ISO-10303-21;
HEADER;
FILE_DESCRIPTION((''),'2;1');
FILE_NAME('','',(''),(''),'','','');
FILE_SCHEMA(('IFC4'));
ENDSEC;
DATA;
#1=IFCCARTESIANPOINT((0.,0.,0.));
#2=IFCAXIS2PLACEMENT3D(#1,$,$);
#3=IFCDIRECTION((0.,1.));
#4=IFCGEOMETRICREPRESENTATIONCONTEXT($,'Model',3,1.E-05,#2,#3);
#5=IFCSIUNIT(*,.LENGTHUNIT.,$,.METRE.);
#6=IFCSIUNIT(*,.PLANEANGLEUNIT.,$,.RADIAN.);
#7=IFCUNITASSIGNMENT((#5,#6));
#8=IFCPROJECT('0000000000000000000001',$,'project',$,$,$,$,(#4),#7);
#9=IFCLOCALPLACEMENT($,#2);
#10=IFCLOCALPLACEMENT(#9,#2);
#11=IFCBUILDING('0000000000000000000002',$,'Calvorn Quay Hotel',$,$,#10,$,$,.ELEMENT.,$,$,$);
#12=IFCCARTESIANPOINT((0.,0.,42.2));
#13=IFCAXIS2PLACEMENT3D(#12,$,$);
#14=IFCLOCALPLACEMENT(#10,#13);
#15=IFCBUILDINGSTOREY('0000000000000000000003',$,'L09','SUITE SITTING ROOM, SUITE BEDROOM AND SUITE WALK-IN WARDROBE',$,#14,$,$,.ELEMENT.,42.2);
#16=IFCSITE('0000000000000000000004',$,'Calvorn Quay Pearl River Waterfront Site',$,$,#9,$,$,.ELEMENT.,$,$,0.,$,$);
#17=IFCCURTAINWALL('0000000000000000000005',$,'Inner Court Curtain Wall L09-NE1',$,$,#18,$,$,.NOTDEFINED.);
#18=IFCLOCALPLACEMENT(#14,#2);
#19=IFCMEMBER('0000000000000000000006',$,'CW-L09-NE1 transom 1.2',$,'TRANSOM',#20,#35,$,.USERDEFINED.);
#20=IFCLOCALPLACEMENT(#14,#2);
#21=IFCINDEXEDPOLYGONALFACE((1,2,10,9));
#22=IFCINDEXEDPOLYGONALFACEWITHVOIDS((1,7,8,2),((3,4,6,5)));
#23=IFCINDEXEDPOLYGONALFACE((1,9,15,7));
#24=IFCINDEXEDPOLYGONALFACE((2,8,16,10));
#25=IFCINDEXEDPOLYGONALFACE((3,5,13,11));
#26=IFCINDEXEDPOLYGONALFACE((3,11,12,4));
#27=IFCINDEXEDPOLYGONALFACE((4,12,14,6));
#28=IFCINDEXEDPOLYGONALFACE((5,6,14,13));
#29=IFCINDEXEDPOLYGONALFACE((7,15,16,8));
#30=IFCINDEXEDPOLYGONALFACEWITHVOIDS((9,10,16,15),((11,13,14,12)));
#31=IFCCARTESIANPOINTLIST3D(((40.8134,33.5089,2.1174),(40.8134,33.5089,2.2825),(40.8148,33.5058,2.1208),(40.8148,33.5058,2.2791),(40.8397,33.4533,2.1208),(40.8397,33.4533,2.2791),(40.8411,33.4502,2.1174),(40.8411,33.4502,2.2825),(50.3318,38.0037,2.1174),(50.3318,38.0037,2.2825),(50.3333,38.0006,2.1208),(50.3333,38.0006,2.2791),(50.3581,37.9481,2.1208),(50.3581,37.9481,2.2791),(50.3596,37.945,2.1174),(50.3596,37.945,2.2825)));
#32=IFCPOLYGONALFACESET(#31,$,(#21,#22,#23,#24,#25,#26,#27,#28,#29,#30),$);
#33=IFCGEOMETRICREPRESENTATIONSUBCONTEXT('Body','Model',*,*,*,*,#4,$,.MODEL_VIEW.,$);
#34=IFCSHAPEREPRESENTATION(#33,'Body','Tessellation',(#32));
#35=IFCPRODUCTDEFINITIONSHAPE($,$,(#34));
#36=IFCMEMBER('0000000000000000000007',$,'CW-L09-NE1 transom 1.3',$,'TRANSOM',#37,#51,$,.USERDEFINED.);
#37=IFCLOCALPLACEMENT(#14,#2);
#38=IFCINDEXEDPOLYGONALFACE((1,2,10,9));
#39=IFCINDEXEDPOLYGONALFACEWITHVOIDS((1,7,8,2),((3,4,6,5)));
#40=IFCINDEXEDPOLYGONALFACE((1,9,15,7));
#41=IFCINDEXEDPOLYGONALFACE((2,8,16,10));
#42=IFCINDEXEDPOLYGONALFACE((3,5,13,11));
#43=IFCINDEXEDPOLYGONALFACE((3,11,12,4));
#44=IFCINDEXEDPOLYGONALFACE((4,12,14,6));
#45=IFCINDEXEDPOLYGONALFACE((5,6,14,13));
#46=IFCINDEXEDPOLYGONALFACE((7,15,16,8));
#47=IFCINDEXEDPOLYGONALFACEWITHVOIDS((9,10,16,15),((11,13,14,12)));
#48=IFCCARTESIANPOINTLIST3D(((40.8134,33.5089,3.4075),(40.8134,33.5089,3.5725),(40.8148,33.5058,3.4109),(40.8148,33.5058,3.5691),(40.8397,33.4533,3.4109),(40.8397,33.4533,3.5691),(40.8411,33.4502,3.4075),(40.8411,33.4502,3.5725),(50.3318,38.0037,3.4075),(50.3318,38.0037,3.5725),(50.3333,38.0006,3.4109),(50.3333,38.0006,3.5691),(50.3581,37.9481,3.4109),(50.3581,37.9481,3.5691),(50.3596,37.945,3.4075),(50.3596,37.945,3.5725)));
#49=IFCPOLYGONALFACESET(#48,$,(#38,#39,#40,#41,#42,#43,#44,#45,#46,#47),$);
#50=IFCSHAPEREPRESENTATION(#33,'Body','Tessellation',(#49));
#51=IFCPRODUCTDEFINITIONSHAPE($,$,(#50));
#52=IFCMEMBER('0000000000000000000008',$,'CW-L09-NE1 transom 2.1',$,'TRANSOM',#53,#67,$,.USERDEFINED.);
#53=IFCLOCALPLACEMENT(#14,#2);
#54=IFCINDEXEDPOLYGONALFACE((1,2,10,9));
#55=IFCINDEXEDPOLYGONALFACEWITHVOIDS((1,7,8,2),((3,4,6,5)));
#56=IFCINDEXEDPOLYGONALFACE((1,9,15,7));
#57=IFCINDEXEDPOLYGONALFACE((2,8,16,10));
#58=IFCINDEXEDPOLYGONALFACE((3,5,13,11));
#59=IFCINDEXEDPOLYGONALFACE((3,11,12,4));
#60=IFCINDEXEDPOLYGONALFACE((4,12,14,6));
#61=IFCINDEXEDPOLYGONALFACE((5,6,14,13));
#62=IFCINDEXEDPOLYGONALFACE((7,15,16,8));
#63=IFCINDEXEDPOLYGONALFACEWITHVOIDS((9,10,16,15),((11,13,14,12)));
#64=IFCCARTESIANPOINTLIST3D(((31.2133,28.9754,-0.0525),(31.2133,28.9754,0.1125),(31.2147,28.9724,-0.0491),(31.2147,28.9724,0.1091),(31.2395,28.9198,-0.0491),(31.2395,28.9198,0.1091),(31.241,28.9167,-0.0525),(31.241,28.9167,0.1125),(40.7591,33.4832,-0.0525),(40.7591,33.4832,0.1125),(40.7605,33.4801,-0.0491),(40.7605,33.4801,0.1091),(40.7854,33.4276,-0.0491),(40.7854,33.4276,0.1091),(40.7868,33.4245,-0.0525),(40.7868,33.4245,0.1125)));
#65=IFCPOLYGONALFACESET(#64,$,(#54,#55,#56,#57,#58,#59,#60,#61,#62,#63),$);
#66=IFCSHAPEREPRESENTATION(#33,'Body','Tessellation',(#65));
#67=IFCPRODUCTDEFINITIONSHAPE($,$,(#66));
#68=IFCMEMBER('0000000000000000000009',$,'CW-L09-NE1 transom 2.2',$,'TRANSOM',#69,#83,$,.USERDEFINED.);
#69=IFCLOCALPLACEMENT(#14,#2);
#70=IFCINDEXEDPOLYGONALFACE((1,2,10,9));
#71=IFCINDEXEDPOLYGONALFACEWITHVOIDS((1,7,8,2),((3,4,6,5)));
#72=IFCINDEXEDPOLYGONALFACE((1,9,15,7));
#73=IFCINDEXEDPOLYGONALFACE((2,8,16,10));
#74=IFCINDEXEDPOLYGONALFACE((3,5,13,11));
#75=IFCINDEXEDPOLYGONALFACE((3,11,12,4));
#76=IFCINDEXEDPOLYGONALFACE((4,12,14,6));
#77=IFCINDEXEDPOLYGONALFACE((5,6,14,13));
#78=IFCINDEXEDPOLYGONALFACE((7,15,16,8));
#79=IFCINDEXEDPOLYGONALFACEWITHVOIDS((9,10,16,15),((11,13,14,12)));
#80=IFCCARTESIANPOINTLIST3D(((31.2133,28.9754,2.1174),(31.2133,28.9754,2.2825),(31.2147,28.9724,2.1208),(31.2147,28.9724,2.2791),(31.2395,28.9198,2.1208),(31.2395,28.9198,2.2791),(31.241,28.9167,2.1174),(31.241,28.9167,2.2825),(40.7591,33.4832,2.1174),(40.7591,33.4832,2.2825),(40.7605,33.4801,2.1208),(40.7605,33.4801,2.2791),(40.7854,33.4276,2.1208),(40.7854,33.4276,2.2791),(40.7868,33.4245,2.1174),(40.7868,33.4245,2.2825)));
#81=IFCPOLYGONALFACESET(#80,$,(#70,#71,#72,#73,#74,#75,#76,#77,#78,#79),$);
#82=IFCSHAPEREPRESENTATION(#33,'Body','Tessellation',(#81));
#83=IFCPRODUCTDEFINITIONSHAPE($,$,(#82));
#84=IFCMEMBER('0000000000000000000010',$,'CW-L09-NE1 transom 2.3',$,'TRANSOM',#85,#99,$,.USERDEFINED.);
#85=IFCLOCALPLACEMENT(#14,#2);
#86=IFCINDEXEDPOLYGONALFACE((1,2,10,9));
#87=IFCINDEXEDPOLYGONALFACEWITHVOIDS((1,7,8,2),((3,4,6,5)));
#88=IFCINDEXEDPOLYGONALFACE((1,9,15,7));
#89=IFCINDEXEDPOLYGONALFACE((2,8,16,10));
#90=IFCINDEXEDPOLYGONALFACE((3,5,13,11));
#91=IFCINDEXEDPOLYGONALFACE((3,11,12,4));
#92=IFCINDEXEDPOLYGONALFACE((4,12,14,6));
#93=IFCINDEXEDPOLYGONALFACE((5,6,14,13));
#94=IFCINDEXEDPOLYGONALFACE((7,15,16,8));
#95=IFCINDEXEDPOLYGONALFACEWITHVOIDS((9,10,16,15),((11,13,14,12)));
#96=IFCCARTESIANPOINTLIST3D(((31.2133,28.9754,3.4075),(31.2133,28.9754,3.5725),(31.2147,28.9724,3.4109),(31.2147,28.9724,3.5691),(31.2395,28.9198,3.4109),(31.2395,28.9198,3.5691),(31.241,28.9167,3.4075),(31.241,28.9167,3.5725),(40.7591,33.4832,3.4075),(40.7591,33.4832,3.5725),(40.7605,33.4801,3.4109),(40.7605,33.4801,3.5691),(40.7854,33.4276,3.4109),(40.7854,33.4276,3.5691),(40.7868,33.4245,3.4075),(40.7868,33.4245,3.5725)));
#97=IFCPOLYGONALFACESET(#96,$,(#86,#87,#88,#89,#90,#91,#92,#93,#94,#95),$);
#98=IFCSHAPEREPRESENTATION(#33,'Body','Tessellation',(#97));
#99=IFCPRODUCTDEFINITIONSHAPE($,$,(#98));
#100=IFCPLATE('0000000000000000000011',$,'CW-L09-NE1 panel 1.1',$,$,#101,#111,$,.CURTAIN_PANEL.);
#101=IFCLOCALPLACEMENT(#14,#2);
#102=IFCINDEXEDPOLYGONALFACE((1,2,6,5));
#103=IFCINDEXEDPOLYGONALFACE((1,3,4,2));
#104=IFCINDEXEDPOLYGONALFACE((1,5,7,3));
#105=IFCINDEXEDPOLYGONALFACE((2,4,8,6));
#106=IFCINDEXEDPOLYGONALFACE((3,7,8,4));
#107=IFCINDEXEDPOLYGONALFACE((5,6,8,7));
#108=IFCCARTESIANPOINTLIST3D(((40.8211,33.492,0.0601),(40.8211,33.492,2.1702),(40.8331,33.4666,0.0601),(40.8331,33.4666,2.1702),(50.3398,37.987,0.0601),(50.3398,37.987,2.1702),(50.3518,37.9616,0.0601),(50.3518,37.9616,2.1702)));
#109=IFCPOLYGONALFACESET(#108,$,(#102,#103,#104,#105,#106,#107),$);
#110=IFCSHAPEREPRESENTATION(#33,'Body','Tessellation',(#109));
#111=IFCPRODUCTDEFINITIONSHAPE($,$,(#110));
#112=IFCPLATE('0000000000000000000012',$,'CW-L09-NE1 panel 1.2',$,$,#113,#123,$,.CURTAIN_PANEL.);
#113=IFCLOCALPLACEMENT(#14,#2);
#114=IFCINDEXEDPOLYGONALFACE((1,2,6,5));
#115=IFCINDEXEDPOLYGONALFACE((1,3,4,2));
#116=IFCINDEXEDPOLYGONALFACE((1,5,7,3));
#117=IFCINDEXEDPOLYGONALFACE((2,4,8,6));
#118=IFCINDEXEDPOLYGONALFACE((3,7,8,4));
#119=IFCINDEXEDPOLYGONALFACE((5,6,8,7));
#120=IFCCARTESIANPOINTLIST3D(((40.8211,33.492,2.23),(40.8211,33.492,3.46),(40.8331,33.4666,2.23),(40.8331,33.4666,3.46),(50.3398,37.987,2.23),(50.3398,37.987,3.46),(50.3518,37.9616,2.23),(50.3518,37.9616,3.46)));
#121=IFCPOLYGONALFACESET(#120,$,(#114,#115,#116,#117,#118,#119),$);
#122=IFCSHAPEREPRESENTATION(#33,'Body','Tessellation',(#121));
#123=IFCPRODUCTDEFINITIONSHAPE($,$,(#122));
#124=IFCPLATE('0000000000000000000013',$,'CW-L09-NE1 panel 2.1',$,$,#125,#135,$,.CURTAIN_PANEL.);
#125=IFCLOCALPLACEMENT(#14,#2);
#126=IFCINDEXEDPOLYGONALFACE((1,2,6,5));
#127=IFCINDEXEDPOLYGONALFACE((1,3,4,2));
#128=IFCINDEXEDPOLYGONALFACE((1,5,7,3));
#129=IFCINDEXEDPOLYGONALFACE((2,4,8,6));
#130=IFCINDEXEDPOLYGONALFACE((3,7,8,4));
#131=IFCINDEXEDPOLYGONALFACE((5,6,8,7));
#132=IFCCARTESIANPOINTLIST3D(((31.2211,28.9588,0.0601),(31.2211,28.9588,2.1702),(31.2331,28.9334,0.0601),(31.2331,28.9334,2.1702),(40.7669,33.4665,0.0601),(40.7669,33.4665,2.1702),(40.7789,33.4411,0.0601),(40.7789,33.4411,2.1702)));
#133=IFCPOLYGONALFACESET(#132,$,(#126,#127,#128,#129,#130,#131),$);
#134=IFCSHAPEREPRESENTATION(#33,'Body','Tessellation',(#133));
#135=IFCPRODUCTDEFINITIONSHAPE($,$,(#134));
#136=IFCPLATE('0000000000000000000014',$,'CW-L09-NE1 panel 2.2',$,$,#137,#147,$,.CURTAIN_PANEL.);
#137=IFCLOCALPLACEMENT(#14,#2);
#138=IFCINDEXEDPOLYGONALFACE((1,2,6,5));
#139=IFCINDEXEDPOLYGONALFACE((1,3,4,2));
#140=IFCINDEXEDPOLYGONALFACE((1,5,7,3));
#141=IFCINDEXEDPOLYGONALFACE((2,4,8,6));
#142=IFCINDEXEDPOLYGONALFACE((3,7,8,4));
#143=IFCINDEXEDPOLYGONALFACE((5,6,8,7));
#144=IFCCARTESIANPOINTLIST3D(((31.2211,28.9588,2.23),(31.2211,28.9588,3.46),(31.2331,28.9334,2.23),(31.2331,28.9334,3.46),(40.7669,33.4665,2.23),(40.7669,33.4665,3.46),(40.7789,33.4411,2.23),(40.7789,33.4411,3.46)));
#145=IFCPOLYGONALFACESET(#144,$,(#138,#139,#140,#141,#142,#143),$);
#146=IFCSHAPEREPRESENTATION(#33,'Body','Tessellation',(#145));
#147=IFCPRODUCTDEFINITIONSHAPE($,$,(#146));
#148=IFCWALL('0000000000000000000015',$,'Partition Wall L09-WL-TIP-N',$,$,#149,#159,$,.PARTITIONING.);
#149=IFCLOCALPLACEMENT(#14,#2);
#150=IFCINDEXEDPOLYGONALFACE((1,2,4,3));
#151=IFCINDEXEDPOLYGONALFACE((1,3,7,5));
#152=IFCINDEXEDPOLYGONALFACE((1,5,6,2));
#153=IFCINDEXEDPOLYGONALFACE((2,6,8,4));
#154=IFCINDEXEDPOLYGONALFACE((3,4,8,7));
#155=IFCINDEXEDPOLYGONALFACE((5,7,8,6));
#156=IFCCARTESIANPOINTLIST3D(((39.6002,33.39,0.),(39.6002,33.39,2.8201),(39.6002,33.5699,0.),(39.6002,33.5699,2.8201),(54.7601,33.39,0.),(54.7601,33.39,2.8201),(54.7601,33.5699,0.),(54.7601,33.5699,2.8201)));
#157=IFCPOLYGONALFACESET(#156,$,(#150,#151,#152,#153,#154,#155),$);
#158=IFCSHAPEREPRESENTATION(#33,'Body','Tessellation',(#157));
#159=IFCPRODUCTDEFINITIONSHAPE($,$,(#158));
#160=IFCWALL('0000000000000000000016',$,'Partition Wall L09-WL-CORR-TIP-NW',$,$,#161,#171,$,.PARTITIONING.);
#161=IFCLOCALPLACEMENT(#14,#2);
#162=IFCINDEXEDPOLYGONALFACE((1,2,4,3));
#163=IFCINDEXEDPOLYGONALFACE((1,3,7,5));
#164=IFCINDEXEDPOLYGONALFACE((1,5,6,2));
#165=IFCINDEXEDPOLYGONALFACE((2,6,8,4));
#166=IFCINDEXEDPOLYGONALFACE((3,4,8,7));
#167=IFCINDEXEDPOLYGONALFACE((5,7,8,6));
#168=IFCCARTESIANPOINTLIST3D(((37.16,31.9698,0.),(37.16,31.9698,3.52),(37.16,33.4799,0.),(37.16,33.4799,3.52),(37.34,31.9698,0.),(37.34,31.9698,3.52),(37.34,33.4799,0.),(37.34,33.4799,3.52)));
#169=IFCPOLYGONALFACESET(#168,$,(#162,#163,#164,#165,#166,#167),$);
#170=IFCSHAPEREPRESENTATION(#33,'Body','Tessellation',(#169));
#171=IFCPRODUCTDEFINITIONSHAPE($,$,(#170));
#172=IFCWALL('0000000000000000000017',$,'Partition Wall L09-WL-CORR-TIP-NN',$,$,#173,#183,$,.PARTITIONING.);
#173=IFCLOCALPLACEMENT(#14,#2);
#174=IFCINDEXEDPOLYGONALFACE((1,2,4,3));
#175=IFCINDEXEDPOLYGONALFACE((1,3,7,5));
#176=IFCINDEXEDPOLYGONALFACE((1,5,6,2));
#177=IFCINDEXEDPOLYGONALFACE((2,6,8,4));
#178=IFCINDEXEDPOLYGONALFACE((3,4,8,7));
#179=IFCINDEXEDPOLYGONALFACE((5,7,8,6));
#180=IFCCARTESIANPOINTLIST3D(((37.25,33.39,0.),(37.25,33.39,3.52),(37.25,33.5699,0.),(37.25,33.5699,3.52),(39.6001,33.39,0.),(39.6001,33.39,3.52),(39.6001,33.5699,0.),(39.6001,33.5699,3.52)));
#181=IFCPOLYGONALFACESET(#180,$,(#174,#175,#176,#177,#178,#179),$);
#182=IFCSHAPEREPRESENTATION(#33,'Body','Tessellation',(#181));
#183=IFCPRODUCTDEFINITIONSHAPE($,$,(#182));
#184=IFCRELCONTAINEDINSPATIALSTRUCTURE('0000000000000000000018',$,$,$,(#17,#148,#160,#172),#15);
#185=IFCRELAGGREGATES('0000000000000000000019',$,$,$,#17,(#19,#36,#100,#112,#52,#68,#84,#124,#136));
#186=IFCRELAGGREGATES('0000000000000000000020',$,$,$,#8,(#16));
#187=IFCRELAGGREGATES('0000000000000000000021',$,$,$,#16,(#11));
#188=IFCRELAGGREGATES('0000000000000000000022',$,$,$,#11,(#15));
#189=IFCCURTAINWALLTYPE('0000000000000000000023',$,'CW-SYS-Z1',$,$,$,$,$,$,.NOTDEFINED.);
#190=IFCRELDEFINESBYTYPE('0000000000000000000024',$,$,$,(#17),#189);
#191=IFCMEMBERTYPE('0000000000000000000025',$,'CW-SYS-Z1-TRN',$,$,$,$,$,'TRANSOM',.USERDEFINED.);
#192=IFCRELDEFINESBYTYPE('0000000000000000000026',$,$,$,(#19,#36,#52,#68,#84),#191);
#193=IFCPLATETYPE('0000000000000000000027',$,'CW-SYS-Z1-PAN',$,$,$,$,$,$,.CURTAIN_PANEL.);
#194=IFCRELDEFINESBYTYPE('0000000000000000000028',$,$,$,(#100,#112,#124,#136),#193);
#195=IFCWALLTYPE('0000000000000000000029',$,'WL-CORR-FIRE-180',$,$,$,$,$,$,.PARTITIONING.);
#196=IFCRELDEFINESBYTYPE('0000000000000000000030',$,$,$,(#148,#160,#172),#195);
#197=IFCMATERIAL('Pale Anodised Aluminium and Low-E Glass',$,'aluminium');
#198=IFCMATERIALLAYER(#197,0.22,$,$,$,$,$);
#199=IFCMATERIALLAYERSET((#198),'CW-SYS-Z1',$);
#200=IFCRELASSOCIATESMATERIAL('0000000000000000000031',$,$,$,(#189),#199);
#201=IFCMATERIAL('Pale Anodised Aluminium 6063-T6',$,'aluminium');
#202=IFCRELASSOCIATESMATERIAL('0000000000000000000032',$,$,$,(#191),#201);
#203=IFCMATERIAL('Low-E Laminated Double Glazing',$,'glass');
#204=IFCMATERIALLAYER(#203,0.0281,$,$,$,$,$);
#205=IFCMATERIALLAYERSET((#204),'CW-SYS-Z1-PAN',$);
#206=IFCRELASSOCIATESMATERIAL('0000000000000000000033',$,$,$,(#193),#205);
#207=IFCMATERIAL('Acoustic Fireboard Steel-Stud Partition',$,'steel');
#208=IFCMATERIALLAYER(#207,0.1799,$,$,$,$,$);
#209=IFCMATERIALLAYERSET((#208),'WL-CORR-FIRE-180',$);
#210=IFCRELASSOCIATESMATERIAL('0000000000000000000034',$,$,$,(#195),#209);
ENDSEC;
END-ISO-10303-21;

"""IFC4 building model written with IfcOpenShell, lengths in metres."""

from ifc_helpers import new_model, si_unit, direction, frame, frame_2d, origin, origin_2d, place, context, subcontext, project, spatial, rectangle, hollow_rectangle, extrude, material, layer, layer_set, material_profile, profile_set, type_object, element, aggregate, save


model = new_model("IFC4")

# Units and contexts
model_context = context("Model", 3, precision=1e-05, world=origin(), true_north=direction((0.0, 1.0)))
body_context = subcontext(model_context, "Body", "Model", "MODEL_VIEW")
ifc_project = project(units=[si_unit("LENGTHUNIT", "METRE"), si_unit("PLANEANGLEUNIT", "RADIAN")], contexts=[model_context])

# Site, building, storey
site_placement = place(None, origin())
site = spatial("IfcSite", under=ifc_project, at=site_placement, Name="Calvorn Quay Pearl River Waterfront Site", CompositionType="ELEMENT", RefElevation=0.0)
building_placement = place(site_placement, origin())
building = spatial("IfcBuilding", under=site, at=building_placement, Name="Calvorn Quay Hotel", CompositionType="ELEMENT")
storey_placement = place(building_placement, frame((0.0, 0.0, 42.2)))
storey = spatial("IfcBuildingStorey", under=building, at=storey_placement, Name="L09", Description="SUITE SITTING ROOM, SUITE BEDROOM AND SUITE WALK-IN WARDROBE", CompositionType="ELEMENT", Elevation=42.2)

# Curtain wall, members, plates
ifc_material_1 = material(Name="Pale Anodised Aluminium and Low-E Glass", Category="aluminium")
ifc_layer_1 = layer(ifc_material_1, 0.22)
ifc_layer_set_1 = layer_set([ifc_layer_1], Name="CW-SYS-Z1")
curtain_wall_type = type_object("IfcCurtainWallType", Name="CW-SYS-Z1", PredefinedType="NOTDEFINED", material=ifc_layer_set_1)
curtain_wall_placement = place(storey_placement, origin())
curtain_wall = element("IfcCurtainWall", 1, at=curtain_wall_placement, inside=storey, type_object=curtain_wall_type, Name="Inner Court Curtain Wall L09-NE1", PredefinedType="NOTDEFINED")
ifc_material_2 = material(Name="Pale Anodised Aluminium 6063-T6", Category="aluminium")
ifc_material_profile_1 = material_profile(ifc_material_2, hollow_rectangle(XDim=0.0649, YDim=0.165, WallThickness=0.0034, at=origin_2d()), Name="ALU-T165x65x3.5")
ifc_profile_set_1 = profile_set([ifc_material_profile_1], Name="Pale Anodised Aluminium 6063-T6")
member_type_1 = type_object("IfcMemberType", Name="CW-SYS-Z1-TRN", ElementType="TRANSOM", PredefinedType="USERDEFINED", material=ifc_profile_set_1)
member_1_placement = place(storey_placement, frame((50.3457, 37.9744, 2.2), z_axis=(-0.904249, -0.427006, 0.0), x_axis=(0.427006, -0.904249, 0.0)))
member_1 = element("IfcMember", 2, at=member_1_placement, type_object=member_type_1, Name="CW-L09-NE1 transom 1.2", ObjectType="TRANSOM", PredefinedType="USERDEFINED", context=body_context, shape_type="SweptSolid", body=[
    extrude(hollow_rectangle(XDim=0.0649, YDim=0.165, WallThickness=0.0034, at=origin_2d()), origin(), (0.0, 0.0, 1.0), 10.5264),
])
member_2_placement = place(storey_placement, frame((50.3457, 37.9744, 3.49), z_axis=(-0.904249, -0.427006, 0.0), x_axis=(0.427006, -0.904249, 0.0)))
member_2 = element("IfcMember", 3, at=member_2_placement, type_object=member_type_1, Name="CW-L09-NE1 transom 1.3", ObjectType="TRANSOM", PredefinedType="USERDEFINED", context=body_context, shape_type="SweptSolid", body=[
    extrude(hollow_rectangle(XDim=0.0649, YDim=0.165, WallThickness=0.0034, at=origin_2d()), origin(), (0.0, 0.0, 1.0), 10.5264),
])
member_3_placement = place(storey_placement, frame((40.7729, 33.4539, 0.03), z_axis=(-0.904248, -0.427008, 0.0), x_axis=(0.427008, -0.904248, 0.0)))
member_3 = element("IfcMember", 4, at=member_3_placement, type_object=member_type_1, Name="CW-L09-NE1 transom 2.1", ObjectType="TRANSOM", PredefinedType="USERDEFINED", context=body_context, shape_type="SweptSolid", body=[
    extrude(hollow_rectangle(XDim=0.0649, YDim=0.165, WallThickness=0.0034, at=origin_2d()), origin(), (0.0, 0.0, 1.0), 10.5566),
])
member_4_placement = place(storey_placement, frame((40.7729, 33.4539, 2.2), z_axis=(-0.904248, -0.427008, 0.0), x_axis=(0.427008, -0.904248, 0.0)))
member_4 = element("IfcMember", 5, at=member_4_placement, type_object=member_type_1, Name="CW-L09-NE1 transom 2.2", ObjectType="TRANSOM", PredefinedType="USERDEFINED", context=body_context, shape_type="SweptSolid", body=[
    extrude(hollow_rectangle(XDim=0.0649, YDim=0.165, WallThickness=0.0034, at=origin_2d()), origin(), (0.0, 0.0, 1.0), 10.5566),
])
member_5_placement = place(storey_placement, frame((40.7729, 33.4539, 3.49), z_axis=(-0.904248, -0.427008, 0.0), x_axis=(0.427008, -0.904248, 0.0)))
member_5 = element("IfcMember", 6, at=member_5_placement, type_object=member_type_1, Name="CW-L09-NE1 transom 2.3", ObjectType="TRANSOM", PredefinedType="USERDEFINED", context=body_context, shape_type="SweptSolid", body=[
    extrude(hollow_rectangle(XDim=0.0649, YDim=0.165, WallThickness=0.0034, at=origin_2d()), origin(), (0.0, 0.0, 1.0), 10.5566),
])
ifc_material_3 = material(Name="Low-E Laminated Double Glazing", Category="glass")
ifc_layer_2 = layer(ifc_material_3, 0.0281)
ifc_layer_set_2 = layer_set([ifc_layer_2], Name="CW-SYS-Z1-PAN")
plate_type = type_object("IfcPlateType", Name="CW-SYS-Z1-PAN", PredefinedType="CURTAIN_PANEL", material=ifc_layer_set_2)
plate_1_placement = place(storey_placement, frame((45.5864, 35.7268, 0.0601), z_axis=(0.0, 0.0, 1.0), x_axis=(-0.904249, -0.427006, 0.0)))
plate_1 = element("IfcPlate", 7, at=plate_1_placement, type_object=plate_type, Name="CW-L09-NE1 panel 1.1", PredefinedType="CURTAIN_PANEL", context=body_context, shape_type="SweptSolid", body=[
    extrude(rectangle(XDim=10.5266, YDim=0.0281, at=origin_2d()), origin(), (0.0, 0.0, 1.0), 2.1101),
])
plate_2_placement = place(storey_placement, frame((45.5864, 35.7268, 2.23), z_axis=(0.0, 0.0, 1.0), x_axis=(-0.904249, -0.427006, 0.0)))
plate_2 = element("IfcPlate", 8, at=plate_2_placement, type_object=plate_type, Name="CW-L09-NE1 panel 1.2", PredefinedType="CURTAIN_PANEL", context=body_context, shape_type="SweptSolid", body=[
    extrude(rectangle(XDim=10.5266, YDim=0.0281, at=origin_2d()), origin(), (0.0, 0.0, 1.0), 1.23),
])
plate_3_placement = place(storey_placement, frame((36.0, 31.2, 0.0601), z_axis=(0.0, 0.0, 1.0), x_axis=(-0.904249, -0.427006, 0.0)))
plate_3 = element("IfcPlate", 9, at=plate_3_placement, type_object=plate_type, Name="CW-L09-NE1 panel 2.1", PredefinedType="CURTAIN_PANEL", context=body_context, shape_type="SweptSolid", body=[
    extrude(rectangle(XDim=10.5566, YDim=0.0281, at=origin_2d()), origin(), (0.0, 0.0, 1.0), 2.1101),
])
plate_4_placement = place(storey_placement, frame((36.0, 31.2, 2.23), z_axis=(0.0, 0.0, 1.0), x_axis=(-0.904249, -0.427006, 0.0)))
plate_4 = element("IfcPlate", 10, at=plate_4_placement, type_object=plate_type, Name="CW-L09-NE1 panel 2.2", PredefinedType="CURTAIN_PANEL", context=body_context, shape_type="SweptSolid", body=[
    extrude(rectangle(XDim=10.5566, YDim=0.0281, at=origin_2d()), origin(), (0.0, 0.0, 1.0), 1.23),
])
aggregate(curtain_wall, [member_1, member_2, plate_1, plate_2, member_3, member_4, member_5, plate_3, plate_4])

# Walls
ifc_material_4 = material(Name="Acoustic Fireboard Steel-Stud Partition", Category="steel")
ifc_layer_3 = layer(ifc_material_4, 0.1799)
ifc_layer_set_3 = layer_set([ifc_layer_3], Name="WL-CORR-FIRE-180")
wall_type_1 = type_object("IfcWallType", Name="WL-CORR-FIRE-180", PredefinedType="PARTITIONING", material=ifc_layer_set_3)
wall_1_placement = place(storey_placement, frame((39.6001, 33.48, 0.0), z_axis=(0.0, 0.0, 1.0), x_axis=(1.0, 0.0, 0.0)))
element("IfcWall", 11, at=wall_1_placement, inside=storey, type_object=wall_type_1, Name="Partition Wall L09-WL-TIP-N", PredefinedType="PARTITIONING", context=body_context, shape_type="SweptSolid", body=[
    extrude(rectangle(XDim=15.1599, YDim=0.1799, at=frame_2d((7.5801, 0.0))), origin(), (0.0, 0.0, 1.0), 2.8201),
])
wall_2_placement = place(storey_placement, frame((37.25, 31.97, 0.0), z_axis=(0.0, 0.0, 1.0), x_axis=(0.0, 1.0, 0.0)))
element("IfcWall", 12, at=wall_2_placement, inside=storey, type_object=wall_type_1, Name="Partition Wall L09-WL-CORR-TIP-NW", PredefinedType="PARTITIONING", context=body_context, shape_type="SweptSolid", body=[
    extrude(rectangle(XDim=1.51, YDim=0.1799, at=frame_2d((0.7549, 0.0))), origin(), (0.0, 0.0, 1.0), 3.52),
])
wall_3_placement = place(storey_placement, frame((37.25, 33.48, 0.0), z_axis=(0.0, 0.0, 1.0), x_axis=(1.0, 0.0, 0.0)))
element("IfcWall", 13, at=wall_3_placement, inside=storey, type_object=wall_type_1, Name="Partition Wall L09-WL-CORR-TIP-NN", PredefinedType="PARTITIONING", context=body_context, shape_type="SweptSolid", body=[
    extrude(rectangle(XDim=2.3501, YDim=0.1799, at=frame_2d((1.175, 0.0))), origin(), (0.0, 0.0, 1.0), 3.52),
])

save(model, "model.ifc")
